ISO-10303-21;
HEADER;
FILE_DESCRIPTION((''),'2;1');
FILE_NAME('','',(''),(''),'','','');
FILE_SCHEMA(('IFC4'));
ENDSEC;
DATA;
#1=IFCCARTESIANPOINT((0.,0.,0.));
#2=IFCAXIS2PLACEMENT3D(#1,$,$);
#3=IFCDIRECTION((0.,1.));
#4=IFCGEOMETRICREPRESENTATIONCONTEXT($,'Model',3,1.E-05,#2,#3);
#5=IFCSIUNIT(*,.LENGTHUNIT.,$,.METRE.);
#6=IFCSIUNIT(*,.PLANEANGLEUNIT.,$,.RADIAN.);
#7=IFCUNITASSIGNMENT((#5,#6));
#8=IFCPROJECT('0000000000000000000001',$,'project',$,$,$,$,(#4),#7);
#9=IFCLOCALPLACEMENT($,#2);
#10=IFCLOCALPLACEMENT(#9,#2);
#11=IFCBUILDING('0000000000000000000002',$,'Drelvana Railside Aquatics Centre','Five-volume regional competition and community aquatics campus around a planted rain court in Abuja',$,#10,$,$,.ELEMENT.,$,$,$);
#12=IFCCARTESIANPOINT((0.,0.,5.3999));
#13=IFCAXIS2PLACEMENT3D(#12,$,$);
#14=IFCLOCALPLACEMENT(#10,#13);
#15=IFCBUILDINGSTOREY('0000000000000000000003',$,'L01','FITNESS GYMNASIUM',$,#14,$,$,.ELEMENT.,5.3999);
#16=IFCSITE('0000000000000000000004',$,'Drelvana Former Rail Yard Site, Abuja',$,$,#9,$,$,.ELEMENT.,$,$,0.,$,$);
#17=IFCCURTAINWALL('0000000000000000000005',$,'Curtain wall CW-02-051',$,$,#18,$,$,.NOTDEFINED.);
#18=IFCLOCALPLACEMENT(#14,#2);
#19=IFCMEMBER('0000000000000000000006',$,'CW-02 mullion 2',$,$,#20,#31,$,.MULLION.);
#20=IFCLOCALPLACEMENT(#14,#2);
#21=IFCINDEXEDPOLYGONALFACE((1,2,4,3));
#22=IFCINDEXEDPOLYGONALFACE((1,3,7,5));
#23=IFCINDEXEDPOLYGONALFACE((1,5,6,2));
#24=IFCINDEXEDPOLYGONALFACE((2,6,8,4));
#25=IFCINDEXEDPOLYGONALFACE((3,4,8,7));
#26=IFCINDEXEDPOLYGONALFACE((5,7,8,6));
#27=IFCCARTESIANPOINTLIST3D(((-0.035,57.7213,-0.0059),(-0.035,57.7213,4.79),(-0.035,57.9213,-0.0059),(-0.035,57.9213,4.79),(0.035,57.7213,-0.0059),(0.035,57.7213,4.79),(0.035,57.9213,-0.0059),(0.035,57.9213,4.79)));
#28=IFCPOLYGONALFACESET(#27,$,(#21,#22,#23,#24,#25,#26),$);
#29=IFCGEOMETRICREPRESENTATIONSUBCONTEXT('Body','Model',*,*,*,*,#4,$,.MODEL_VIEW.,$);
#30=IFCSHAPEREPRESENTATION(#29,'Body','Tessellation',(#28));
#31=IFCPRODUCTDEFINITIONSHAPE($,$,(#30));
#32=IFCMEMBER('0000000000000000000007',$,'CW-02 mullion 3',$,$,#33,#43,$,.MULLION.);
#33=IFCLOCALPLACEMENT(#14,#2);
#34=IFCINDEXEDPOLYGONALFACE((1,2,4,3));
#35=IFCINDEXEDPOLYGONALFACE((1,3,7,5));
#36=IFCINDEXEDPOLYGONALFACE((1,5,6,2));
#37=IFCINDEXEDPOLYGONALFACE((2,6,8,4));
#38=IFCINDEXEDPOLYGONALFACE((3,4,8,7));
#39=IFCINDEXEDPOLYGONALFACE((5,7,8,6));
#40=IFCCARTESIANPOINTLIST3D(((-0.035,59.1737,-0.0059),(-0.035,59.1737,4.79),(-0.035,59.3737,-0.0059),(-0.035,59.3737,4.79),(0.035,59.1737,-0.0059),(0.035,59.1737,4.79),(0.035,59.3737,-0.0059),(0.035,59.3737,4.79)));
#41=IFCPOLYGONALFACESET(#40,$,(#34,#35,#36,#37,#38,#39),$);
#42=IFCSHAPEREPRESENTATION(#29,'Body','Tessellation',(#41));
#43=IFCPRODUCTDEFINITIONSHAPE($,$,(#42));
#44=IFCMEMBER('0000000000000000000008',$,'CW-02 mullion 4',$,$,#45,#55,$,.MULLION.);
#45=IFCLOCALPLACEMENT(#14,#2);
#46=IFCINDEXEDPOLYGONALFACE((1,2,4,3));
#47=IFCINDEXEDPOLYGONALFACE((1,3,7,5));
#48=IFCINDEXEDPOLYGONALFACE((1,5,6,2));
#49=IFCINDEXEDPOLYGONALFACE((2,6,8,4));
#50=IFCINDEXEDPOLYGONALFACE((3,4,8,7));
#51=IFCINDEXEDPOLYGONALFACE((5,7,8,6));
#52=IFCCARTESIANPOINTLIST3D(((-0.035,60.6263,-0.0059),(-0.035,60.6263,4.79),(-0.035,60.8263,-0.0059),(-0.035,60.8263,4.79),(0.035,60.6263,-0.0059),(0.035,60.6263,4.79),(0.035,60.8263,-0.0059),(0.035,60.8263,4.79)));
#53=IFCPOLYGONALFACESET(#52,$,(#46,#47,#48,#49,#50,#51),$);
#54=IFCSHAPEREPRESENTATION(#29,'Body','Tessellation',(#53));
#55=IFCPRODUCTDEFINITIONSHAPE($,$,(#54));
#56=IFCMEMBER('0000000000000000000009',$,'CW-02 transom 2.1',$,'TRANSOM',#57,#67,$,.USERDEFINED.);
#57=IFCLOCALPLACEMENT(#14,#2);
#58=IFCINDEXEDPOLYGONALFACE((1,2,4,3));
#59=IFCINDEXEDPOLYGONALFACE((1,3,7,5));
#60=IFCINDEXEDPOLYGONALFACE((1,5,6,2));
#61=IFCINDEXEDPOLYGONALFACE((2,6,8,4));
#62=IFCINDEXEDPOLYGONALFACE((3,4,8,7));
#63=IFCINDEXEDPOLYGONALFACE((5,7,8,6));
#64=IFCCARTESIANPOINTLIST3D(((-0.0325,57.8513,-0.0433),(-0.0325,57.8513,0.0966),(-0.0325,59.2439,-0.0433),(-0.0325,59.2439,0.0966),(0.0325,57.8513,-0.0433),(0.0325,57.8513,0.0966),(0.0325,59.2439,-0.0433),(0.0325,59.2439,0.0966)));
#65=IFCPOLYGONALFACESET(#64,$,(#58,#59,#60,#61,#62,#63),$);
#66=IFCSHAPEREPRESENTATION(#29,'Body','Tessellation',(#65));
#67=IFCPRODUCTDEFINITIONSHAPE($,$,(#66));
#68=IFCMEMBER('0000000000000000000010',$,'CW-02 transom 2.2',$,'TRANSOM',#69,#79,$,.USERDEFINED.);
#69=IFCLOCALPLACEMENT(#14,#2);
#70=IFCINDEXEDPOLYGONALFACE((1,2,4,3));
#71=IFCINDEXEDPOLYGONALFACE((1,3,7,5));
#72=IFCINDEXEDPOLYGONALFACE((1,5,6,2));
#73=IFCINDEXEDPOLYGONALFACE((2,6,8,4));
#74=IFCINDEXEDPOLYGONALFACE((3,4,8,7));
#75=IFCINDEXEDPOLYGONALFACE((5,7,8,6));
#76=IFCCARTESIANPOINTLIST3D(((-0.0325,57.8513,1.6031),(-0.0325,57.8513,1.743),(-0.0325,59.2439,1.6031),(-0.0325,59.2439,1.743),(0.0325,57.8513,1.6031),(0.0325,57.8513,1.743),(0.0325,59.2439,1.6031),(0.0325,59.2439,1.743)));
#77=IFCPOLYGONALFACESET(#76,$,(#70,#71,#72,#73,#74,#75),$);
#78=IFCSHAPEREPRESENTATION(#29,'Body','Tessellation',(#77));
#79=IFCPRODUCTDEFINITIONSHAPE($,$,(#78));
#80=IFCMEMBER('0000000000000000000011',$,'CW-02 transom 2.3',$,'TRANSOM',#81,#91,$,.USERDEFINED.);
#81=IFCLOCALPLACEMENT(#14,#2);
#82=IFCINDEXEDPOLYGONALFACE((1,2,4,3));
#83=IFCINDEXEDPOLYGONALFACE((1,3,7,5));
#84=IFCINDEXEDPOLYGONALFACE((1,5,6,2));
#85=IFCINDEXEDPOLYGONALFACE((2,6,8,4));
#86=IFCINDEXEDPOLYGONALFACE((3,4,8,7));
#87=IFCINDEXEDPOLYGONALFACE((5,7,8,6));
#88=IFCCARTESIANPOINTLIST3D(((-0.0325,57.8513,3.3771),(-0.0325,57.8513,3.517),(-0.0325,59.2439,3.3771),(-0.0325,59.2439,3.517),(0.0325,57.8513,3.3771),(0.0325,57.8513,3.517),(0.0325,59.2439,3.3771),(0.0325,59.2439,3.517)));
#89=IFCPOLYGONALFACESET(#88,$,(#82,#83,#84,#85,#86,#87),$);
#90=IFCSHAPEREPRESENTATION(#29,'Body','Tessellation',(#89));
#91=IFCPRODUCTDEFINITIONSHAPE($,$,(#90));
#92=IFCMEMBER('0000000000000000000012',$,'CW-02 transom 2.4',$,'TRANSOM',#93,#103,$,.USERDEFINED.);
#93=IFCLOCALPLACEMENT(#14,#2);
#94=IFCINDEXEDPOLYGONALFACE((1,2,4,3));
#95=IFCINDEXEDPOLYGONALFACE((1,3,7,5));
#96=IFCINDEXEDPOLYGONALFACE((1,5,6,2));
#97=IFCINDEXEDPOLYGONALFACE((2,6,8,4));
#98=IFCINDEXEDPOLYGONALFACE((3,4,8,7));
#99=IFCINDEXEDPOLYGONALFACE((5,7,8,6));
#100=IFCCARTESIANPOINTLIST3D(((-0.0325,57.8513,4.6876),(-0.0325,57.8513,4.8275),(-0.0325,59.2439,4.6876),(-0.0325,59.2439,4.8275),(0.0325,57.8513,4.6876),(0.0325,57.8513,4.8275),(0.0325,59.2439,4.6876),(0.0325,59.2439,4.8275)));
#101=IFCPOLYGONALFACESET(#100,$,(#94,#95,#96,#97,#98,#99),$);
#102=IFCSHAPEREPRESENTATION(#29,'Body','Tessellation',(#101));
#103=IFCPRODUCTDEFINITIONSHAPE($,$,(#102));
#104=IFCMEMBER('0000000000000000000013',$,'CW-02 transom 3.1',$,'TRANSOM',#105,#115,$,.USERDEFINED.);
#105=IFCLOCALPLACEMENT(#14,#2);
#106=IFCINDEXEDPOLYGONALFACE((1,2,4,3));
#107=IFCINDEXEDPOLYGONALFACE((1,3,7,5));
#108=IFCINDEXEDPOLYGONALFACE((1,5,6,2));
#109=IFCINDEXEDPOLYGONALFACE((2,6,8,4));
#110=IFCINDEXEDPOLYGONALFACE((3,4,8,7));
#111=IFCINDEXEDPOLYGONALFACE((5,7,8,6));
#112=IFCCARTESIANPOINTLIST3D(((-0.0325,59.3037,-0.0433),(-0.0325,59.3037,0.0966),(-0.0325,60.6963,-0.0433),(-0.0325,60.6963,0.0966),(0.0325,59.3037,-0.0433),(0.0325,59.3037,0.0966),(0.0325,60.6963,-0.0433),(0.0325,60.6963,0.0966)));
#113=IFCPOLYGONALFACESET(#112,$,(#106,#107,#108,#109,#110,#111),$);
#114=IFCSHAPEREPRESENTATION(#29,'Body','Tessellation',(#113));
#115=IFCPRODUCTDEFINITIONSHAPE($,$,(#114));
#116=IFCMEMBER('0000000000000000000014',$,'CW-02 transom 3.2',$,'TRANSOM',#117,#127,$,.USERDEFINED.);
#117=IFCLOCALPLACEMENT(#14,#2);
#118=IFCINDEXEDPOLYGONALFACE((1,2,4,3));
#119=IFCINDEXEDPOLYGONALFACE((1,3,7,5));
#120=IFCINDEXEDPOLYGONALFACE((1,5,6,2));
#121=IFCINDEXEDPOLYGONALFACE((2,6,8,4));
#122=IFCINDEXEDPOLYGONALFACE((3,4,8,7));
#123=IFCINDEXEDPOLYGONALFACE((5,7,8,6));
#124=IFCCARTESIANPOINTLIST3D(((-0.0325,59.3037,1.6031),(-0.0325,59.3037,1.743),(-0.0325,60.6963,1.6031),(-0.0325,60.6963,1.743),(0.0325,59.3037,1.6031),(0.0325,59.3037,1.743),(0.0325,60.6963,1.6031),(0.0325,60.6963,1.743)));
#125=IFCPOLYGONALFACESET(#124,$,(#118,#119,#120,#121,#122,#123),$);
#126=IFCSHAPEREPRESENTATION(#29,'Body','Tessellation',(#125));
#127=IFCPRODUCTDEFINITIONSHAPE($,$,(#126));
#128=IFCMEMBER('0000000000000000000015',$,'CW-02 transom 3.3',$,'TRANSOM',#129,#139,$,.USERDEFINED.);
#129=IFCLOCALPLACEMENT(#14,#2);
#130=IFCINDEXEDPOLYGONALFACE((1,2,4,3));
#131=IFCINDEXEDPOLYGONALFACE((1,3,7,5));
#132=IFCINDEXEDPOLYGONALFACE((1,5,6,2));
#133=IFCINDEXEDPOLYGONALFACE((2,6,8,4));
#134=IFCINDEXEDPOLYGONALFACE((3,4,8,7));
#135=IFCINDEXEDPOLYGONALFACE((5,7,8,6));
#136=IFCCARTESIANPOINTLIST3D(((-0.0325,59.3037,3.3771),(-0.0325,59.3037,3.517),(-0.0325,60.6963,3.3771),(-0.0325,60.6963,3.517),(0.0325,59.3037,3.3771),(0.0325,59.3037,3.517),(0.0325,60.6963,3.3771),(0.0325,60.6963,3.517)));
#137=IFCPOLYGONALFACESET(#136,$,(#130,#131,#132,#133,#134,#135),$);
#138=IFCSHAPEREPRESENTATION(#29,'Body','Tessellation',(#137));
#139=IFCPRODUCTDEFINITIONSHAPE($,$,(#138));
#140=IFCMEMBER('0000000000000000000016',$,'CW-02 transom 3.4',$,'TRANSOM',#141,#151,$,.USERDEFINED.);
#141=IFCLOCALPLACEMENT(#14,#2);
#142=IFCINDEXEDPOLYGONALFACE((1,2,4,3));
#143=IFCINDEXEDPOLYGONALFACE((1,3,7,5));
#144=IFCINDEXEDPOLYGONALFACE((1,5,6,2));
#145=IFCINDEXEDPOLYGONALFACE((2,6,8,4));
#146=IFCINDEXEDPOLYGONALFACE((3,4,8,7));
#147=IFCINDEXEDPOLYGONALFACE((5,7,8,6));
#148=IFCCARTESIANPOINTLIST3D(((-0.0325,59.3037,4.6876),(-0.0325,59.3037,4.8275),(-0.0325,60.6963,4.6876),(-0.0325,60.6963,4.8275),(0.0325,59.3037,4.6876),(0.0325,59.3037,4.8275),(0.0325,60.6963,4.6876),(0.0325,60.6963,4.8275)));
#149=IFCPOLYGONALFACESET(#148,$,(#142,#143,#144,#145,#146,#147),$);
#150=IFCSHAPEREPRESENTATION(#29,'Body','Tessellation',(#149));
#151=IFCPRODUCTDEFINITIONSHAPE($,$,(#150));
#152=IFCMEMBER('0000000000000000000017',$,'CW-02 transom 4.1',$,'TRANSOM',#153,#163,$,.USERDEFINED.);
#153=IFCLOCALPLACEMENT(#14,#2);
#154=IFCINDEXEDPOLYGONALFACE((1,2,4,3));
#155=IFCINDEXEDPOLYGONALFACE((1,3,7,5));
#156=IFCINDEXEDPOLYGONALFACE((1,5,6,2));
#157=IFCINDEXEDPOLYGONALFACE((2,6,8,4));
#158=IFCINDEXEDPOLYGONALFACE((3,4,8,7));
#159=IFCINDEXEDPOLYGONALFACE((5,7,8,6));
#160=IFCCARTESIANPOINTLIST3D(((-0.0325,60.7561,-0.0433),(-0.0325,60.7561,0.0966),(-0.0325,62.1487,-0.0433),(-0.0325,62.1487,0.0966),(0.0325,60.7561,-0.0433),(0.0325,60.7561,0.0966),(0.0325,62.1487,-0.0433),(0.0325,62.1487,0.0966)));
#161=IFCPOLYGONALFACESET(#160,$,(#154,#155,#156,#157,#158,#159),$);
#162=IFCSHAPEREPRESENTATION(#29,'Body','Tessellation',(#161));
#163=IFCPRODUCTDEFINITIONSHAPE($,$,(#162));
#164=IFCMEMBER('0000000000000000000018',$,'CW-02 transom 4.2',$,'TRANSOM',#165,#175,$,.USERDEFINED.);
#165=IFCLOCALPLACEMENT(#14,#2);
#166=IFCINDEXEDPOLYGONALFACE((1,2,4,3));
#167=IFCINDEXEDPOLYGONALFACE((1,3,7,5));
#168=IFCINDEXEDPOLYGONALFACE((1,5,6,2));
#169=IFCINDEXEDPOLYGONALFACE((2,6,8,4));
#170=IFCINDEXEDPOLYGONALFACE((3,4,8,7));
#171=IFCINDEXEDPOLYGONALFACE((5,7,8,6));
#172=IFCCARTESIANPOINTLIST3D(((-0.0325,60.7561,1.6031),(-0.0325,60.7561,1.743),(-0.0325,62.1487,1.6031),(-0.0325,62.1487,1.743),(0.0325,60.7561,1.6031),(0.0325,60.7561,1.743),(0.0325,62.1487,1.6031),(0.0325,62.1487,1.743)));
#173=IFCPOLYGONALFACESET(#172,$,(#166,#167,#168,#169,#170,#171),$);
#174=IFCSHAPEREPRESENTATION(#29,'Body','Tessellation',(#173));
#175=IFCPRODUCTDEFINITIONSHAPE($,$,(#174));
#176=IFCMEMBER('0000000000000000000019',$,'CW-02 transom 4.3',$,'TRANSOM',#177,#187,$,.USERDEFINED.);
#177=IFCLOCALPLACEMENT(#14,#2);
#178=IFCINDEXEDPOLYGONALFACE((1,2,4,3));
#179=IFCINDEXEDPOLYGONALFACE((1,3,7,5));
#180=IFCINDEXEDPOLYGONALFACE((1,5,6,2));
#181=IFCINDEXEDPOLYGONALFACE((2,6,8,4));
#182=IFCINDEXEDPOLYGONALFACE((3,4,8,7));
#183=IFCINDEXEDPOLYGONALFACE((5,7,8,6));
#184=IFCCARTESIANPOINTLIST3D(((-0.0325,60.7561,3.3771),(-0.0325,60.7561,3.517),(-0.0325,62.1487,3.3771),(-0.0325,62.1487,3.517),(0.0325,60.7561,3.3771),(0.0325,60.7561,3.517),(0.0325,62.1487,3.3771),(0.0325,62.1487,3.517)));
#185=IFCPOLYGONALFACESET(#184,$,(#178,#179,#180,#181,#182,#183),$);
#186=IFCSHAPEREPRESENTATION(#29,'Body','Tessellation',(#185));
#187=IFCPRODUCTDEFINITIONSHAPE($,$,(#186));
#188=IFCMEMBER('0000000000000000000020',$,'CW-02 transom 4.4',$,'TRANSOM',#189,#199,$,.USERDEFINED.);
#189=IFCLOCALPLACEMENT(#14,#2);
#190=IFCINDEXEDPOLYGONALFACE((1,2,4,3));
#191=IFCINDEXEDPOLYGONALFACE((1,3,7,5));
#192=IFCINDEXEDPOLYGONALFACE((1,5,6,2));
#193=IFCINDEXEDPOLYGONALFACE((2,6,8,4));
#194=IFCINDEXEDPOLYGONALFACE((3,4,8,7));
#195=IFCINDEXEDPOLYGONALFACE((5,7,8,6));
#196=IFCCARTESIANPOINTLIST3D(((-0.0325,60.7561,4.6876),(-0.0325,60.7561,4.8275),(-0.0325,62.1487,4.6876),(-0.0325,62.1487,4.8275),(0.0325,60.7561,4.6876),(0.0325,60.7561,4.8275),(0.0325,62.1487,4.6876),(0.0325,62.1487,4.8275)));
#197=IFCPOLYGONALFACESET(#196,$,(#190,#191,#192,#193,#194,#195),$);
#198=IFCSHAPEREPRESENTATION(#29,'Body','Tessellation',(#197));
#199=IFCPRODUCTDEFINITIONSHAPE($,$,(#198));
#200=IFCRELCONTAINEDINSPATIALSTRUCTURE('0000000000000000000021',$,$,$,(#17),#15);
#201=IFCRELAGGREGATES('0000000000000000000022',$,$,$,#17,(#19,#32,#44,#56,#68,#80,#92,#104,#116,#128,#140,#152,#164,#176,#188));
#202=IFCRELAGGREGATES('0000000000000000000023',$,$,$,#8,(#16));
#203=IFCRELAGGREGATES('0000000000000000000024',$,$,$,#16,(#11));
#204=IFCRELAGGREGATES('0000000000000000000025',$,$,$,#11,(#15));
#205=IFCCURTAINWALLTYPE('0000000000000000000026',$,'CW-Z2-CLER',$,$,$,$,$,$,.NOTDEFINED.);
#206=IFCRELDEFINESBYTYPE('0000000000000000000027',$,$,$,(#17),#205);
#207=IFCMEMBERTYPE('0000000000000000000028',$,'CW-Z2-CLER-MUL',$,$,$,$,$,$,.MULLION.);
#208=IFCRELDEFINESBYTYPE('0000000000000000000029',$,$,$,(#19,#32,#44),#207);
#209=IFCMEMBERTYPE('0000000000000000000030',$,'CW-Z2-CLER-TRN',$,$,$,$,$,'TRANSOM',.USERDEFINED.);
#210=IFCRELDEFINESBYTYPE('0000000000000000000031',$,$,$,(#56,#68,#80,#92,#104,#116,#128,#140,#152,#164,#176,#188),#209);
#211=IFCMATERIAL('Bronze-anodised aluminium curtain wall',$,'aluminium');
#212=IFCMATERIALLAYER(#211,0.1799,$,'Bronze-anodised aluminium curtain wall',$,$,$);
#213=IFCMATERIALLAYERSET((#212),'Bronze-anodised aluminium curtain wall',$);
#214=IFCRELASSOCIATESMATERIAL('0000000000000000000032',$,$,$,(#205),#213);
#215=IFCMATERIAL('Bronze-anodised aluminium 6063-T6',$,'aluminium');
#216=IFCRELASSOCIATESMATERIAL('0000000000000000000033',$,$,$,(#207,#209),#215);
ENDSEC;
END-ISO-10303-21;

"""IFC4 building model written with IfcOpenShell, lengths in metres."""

from ifc_helpers import new_model, si_unit, direction, frame, origin, origin_2d, place, context, subcontext, project, spatial, rectangle, extrude, material, layer, layer_set, material_profile, profile_set, type_object, element, aggregate, save


model = new_model("IFC4")

# Units and contexts
model_context = context("Model", 3, precision=1e-05, world=origin(), true_north=direction((0.0, 1.0)))
body_context = subcontext(model_context, "Body", "Model", "MODEL_VIEW")
ifc_project = project(units=[si_unit("LENGTHUNIT", "METRE"), si_unit("PLANEANGLEUNIT", "RADIAN")], contexts=[model_context])

# Site, building, storey
site_placement = place(None, origin())
site = spatial("IfcSite", under=ifc_project, at=site_placement, Name="Drelvana Former Rail Yard Site, Abuja", CompositionType="ELEMENT", RefElevation=0.0)
building_placement = place(site_placement, origin())
building = spatial("IfcBuilding", under=site, at=building_placement, Name="Drelvana Railside Aquatics Centre", Description="Five-volume regional competition and community aquatics campus around a planted rain court in Abuja", CompositionType="ELEMENT")
storey_placement = place(building_placement, frame((0.0, 0.0, 5.3999)))
storey = spatial("IfcBuildingStorey", under=building, at=storey_placement, Name="L01", Description="FITNESS GYMNASIUM", CompositionType="ELEMENT", Elevation=5.3999)

# Curtain wall, members
ifc_material_1 = material(Name="Bronze-anodised aluminium curtain wall", Category="aluminium")
ifc_layer_1 = layer(ifc_material_1, 0.1799, Name="Bronze-anodised aluminium curtain wall")
ifc_layer_set_1 = layer_set([ifc_layer_1], Name="Bronze-anodised aluminium curtain wall")
curtain_wall_type = type_object("IfcCurtainWallType", Name="CW-Z2-CLER", PredefinedType="NOTDEFINED", material=ifc_layer_set_1)
curtain_wall_placement = place(storey_placement, origin())
curtain_wall = element("IfcCurtainWall", 1, at=curtain_wall_placement, inside=storey, type_object=curtain_wall_type, Name="Curtain wall CW-02-051", PredefinedType="NOTDEFINED")
ifc_material_2 = material(Name="Bronze-anodised aluminium 6063-T6", Category="aluminium")
ifc_material_profile_1 = material_profile(ifc_material_2, rectangle(XDim=0.0701, YDim=0.2, at=origin_2d()), Name="ALU-M 70x200")
ifc_profile_set_1 = profile_set([ifc_material_profile_1], Name="Bronze-anodised aluminium 6063-T6")
member_type_1 = type_object("IfcMemberType", Name="CW-Z2-CLER-MUL", PredefinedType="MULLION", material=ifc_profile_set_1)
member_1_placement = place(storey_placement, frame((0.0, 57.8213, -0.0059), z_axis=(0.0, 0.0, 1.0), x_axis=(-1.0, 0.0, 0.0)))
member_1 = element("IfcMember", 2, at=member_1_placement, type_object=member_type_1, Name="CW-02 mullion 2", PredefinedType="MULLION", context=body_context, shape_type="SweptSolid", body=[
    extrude(rectangle(XDim=0.0701, YDim=0.2, at=origin_2d()), origin(), (0.0, 0.0, 1.0), 4.7959),
])
member_2_placement = place(storey_placement, frame((0.0, 59.2737, -0.0059), z_axis=(0.0, 0.0, 1.0), x_axis=(-1.0, 0.0, 0.0)))
member_2 = element("IfcMember", 3, at=member_2_placement, type_object=member_type_1, Name="CW-02 mullion 3", PredefinedType="MULLION", context=body_context, shape_type="SweptSolid", body=[
    extrude(rectangle(XDim=0.0701, YDim=0.2, at=origin_2d()), origin(), (0.0, 0.0, 1.0), 4.7959),
])
member_3_placement = place(storey_placement, frame((0.0, 60.7263, -0.0059), z_axis=(0.0, 0.0, 1.0), x_axis=(-1.0, 0.0, 0.0)))
member_3 = element("IfcMember", 4, at=member_3_placement, type_object=member_type_1, Name="CW-02 mullion 4", PredefinedType="MULLION", context=body_context, shape_type="SweptSolid", body=[
    extrude(rectangle(XDim=0.0701, YDim=0.2, at=origin_2d()), origin(), (0.0, 0.0, 1.0), 4.7959),
])
ifc_material_profile_2 = material_profile(ifc_material_2, rectangle(XDim=0.1399, YDim=0.0649, at=origin_2d()), Name="ALU-T 65x140")
ifc_profile_set_2 = profile_set([ifc_material_profile_2], Name="Bronze-anodised aluminium 6063-T6")
member_type_2 = type_object("IfcMemberType", Name="CW-Z2-CLER-TRN", ElementType="TRANSOM", PredefinedType="USERDEFINED", material=ifc_profile_set_2)
member_4_placement = place(storey_placement, frame((0.0, 57.8513, 0.0266), z_axis=(0.0, 1.0, 0.0), x_axis=(0.0, 0.0, 1.0)))
member_4 = element("IfcMember", 5, at=member_4_placement, type_object=member_type_2, Name="CW-02 transom 2.1", ObjectType="TRANSOM", PredefinedType="USERDEFINED", context=body_context, shape_type="SweptSolid", body=[
    extrude(rectangle(XDim=0.1399, YDim=0.0649, at=origin_2d()), origin(), (0.0, 0.0, 1.0), 1.3926),
])
member_5_placement = place(storey_placement, frame((0.0, 57.8513, 1.6731), z_axis=(0.0, 1.0, 0.0), x_axis=(0.0, 0.0, 1.0)))
member_5 = element("IfcMember", 6, at=member_5_placement, type_object=member_type_2, Name="CW-02 transom 2.2", ObjectType="TRANSOM", PredefinedType="USERDEFINED", context=body_context, shape_type="SweptSolid", body=[
    extrude(rectangle(XDim=0.1399, YDim=0.0649, at=origin_2d()), origin(), (0.0, 0.0, 1.0), 1.3926),
])
member_6_placement = place(storey_placement, frame((0.0, 57.8513, 3.447), z_axis=(0.0, 1.0, 0.0), x_axis=(0.0, 0.0, 1.0)))
member_6 = element("IfcMember", 7, at=member_6_placement, type_object=member_type_2, Name="CW-02 transom 2.3", ObjectType="TRANSOM", PredefinedType="USERDEFINED", context=body_context, shape_type="SweptSolid", body=[
    extrude(rectangle(XDim=0.1399, YDim=0.0649, at=origin_2d()), origin(), (0.0, 0.0, 1.0), 1.3926),
])
member_7_placement = place(storey_placement, frame((0.0, 57.8513, 4.7576), z_axis=(0.0, 1.0, 0.0), x_axis=(0.0, 0.0, 1.0)))
member_7 = element("IfcMember", 8, at=member_7_placement, type_object=member_type_2, Name="CW-02 transom 2.4", ObjectType="TRANSOM", PredefinedType="USERDEFINED", context=body_context, shape_type="SweptSolid", body=[
    extrude(rectangle(XDim=0.1399, YDim=0.0649, at=origin_2d()), origin(), (0.0, 0.0, 1.0), 1.3926),
])
member_8_placement = place(storey_placement, frame((0.0, 59.3037, 0.0266), z_axis=(0.0, 1.0, 0.0), x_axis=(0.0, 0.0, 1.0)))
member_8 = element("IfcMember", 9, at=member_8_placement, type_object=member_type_2, Name="CW-02 transom 3.1", ObjectType="TRANSOM", PredefinedType="USERDEFINED", context=body_context, shape_type="SweptSolid", body=[
    extrude(rectangle(XDim=0.1399, YDim=0.0649, at=origin_2d()), origin(), (0.0, 0.0, 1.0), 1.3926),
])
member_9_placement = place(storey_placement, frame((0.0, 59.3037, 1.6731), z_axis=(0.0, 1.0, 0.0), x_axis=(0.0, 0.0, 1.0)))
member_9 = element("IfcMember", 10, at=member_9_placement, type_object=member_type_2, Name="CW-02 transom 3.2", ObjectType="TRANSOM", PredefinedType="USERDEFINED", context=body_context, shape_type="SweptSolid", body=[
    extrude(rectangle(XDim=0.1399, YDim=0.0649, at=origin_2d()), origin(), (0.0, 0.0, 1.0), 1.3926),
])
member_10_placement = place(storey_placement, frame((0.0, 59.3037, 3.447), z_axis=(0.0, 1.0, 0.0), x_axis=(0.0, 0.0, 1.0)))
member_10 = element("IfcMember", 11, at=member_10_placement, type_object=member_type_2, Name="CW-02 transom 3.3", ObjectType="TRANSOM", PredefinedType="USERDEFINED", context=body_context, shape_type="SweptSolid", body=[
    extrude(rectangle(XDim=0.1399, YDim=0.0649, at=origin_2d()), origin(), (0.0, 0.0, 1.0), 1.3926),
])
member_11_placement = place(storey_placement, frame((0.0, 59.3037, 4.7576), z_axis=(0.0, 1.0, 0.0), x_axis=(0.0, 0.0, 1.0)))
member_11 = element("IfcMember", 12, at=member_11_placement, type_object=member_type_2, Name="CW-02 transom 3.4", ObjectType="TRANSOM", PredefinedType="USERDEFINED", context=body_context, shape_type="SweptSolid", body=[
    extrude(rectangle(XDim=0.1399, YDim=0.0649, at=origin_2d()), origin(), (0.0, 0.0, 1.0), 1.3926),
])
member_12_placement = place(storey_placement, frame((0.0, 60.7561, 0.0266), z_axis=(0.0, 1.0, 0.0), x_axis=(0.0, 0.0, 1.0)))
member_12 = element("IfcMember", 13, at=member_12_placement, type_object=member_type_2, Name="CW-02 transom 4.1", ObjectType="TRANSOM", PredefinedType="USERDEFINED", context=body_context, shape_type="SweptSolid", body=[
    extrude(rectangle(XDim=0.1399, YDim=0.0649, at=origin_2d()), origin(), (0.0, 0.0, 1.0), 1.3926),
])
member_13_placement = place(storey_placement, frame((0.0, 60.7561, 1.6731), z_axis=(0.0, 1.0, 0.0), x_axis=(0.0, 0.0, 1.0)))
member_13 = element("IfcMember", 14, at=member_13_placement, type_object=member_type_2, Name="CW-02 transom 4.2", ObjectType="TRANSOM", PredefinedType="USERDEFINED", context=body_context, shape_type="SweptSolid", body=[
    extrude(rectangle(XDim=0.1399, YDim=0.0649, at=origin_2d()), origin(), (0.0, 0.0, 1.0), 1.3926),
])
member_14_placement = place(storey_placement, frame((0.0, 60.7561, 3.447), z_axis=(0.0, 1.0, 0.0), x_axis=(0.0, 0.0, 1.0)))
member_14 = element("IfcMember", 15, at=member_14_placement, type_object=member_type_2, Name="CW-02 transom 4.3", ObjectType="TRANSOM", PredefinedType="USERDEFINED", context=body_context, shape_type="SweptSolid", body=[
    extrude(rectangle(XDim=0.1399, YDim=0.0649, at=origin_2d()), origin(), (0.0, 0.0, 1.0), 1.3926),
])
member_15_placement = place(storey_placement, frame((0.0, 60.7561, 4.7576), z_axis=(0.0, 1.0, 0.0), x_axis=(0.0, 0.0, 1.0)))
member_15 = element("IfcMember", 16, at=member_15_placement, type_object=member_type_2, Name="CW-02 transom 4.4", ObjectType="TRANSOM", PredefinedType="USERDEFINED", context=body_context, shape_type="SweptSolid", body=[
    extrude(rectangle(XDim=0.1399, YDim=0.0649, at=origin_2d()), origin(), (0.0, 0.0, 1.0), 1.3926),
])
aggregate(curtain_wall, [member_1, member_2, member_3, member_4, member_5, member_6, member_7, member_8, member_9, member_10, member_11, member_12, member_13, member_14, member_15])

save(model, "model.ifc")
